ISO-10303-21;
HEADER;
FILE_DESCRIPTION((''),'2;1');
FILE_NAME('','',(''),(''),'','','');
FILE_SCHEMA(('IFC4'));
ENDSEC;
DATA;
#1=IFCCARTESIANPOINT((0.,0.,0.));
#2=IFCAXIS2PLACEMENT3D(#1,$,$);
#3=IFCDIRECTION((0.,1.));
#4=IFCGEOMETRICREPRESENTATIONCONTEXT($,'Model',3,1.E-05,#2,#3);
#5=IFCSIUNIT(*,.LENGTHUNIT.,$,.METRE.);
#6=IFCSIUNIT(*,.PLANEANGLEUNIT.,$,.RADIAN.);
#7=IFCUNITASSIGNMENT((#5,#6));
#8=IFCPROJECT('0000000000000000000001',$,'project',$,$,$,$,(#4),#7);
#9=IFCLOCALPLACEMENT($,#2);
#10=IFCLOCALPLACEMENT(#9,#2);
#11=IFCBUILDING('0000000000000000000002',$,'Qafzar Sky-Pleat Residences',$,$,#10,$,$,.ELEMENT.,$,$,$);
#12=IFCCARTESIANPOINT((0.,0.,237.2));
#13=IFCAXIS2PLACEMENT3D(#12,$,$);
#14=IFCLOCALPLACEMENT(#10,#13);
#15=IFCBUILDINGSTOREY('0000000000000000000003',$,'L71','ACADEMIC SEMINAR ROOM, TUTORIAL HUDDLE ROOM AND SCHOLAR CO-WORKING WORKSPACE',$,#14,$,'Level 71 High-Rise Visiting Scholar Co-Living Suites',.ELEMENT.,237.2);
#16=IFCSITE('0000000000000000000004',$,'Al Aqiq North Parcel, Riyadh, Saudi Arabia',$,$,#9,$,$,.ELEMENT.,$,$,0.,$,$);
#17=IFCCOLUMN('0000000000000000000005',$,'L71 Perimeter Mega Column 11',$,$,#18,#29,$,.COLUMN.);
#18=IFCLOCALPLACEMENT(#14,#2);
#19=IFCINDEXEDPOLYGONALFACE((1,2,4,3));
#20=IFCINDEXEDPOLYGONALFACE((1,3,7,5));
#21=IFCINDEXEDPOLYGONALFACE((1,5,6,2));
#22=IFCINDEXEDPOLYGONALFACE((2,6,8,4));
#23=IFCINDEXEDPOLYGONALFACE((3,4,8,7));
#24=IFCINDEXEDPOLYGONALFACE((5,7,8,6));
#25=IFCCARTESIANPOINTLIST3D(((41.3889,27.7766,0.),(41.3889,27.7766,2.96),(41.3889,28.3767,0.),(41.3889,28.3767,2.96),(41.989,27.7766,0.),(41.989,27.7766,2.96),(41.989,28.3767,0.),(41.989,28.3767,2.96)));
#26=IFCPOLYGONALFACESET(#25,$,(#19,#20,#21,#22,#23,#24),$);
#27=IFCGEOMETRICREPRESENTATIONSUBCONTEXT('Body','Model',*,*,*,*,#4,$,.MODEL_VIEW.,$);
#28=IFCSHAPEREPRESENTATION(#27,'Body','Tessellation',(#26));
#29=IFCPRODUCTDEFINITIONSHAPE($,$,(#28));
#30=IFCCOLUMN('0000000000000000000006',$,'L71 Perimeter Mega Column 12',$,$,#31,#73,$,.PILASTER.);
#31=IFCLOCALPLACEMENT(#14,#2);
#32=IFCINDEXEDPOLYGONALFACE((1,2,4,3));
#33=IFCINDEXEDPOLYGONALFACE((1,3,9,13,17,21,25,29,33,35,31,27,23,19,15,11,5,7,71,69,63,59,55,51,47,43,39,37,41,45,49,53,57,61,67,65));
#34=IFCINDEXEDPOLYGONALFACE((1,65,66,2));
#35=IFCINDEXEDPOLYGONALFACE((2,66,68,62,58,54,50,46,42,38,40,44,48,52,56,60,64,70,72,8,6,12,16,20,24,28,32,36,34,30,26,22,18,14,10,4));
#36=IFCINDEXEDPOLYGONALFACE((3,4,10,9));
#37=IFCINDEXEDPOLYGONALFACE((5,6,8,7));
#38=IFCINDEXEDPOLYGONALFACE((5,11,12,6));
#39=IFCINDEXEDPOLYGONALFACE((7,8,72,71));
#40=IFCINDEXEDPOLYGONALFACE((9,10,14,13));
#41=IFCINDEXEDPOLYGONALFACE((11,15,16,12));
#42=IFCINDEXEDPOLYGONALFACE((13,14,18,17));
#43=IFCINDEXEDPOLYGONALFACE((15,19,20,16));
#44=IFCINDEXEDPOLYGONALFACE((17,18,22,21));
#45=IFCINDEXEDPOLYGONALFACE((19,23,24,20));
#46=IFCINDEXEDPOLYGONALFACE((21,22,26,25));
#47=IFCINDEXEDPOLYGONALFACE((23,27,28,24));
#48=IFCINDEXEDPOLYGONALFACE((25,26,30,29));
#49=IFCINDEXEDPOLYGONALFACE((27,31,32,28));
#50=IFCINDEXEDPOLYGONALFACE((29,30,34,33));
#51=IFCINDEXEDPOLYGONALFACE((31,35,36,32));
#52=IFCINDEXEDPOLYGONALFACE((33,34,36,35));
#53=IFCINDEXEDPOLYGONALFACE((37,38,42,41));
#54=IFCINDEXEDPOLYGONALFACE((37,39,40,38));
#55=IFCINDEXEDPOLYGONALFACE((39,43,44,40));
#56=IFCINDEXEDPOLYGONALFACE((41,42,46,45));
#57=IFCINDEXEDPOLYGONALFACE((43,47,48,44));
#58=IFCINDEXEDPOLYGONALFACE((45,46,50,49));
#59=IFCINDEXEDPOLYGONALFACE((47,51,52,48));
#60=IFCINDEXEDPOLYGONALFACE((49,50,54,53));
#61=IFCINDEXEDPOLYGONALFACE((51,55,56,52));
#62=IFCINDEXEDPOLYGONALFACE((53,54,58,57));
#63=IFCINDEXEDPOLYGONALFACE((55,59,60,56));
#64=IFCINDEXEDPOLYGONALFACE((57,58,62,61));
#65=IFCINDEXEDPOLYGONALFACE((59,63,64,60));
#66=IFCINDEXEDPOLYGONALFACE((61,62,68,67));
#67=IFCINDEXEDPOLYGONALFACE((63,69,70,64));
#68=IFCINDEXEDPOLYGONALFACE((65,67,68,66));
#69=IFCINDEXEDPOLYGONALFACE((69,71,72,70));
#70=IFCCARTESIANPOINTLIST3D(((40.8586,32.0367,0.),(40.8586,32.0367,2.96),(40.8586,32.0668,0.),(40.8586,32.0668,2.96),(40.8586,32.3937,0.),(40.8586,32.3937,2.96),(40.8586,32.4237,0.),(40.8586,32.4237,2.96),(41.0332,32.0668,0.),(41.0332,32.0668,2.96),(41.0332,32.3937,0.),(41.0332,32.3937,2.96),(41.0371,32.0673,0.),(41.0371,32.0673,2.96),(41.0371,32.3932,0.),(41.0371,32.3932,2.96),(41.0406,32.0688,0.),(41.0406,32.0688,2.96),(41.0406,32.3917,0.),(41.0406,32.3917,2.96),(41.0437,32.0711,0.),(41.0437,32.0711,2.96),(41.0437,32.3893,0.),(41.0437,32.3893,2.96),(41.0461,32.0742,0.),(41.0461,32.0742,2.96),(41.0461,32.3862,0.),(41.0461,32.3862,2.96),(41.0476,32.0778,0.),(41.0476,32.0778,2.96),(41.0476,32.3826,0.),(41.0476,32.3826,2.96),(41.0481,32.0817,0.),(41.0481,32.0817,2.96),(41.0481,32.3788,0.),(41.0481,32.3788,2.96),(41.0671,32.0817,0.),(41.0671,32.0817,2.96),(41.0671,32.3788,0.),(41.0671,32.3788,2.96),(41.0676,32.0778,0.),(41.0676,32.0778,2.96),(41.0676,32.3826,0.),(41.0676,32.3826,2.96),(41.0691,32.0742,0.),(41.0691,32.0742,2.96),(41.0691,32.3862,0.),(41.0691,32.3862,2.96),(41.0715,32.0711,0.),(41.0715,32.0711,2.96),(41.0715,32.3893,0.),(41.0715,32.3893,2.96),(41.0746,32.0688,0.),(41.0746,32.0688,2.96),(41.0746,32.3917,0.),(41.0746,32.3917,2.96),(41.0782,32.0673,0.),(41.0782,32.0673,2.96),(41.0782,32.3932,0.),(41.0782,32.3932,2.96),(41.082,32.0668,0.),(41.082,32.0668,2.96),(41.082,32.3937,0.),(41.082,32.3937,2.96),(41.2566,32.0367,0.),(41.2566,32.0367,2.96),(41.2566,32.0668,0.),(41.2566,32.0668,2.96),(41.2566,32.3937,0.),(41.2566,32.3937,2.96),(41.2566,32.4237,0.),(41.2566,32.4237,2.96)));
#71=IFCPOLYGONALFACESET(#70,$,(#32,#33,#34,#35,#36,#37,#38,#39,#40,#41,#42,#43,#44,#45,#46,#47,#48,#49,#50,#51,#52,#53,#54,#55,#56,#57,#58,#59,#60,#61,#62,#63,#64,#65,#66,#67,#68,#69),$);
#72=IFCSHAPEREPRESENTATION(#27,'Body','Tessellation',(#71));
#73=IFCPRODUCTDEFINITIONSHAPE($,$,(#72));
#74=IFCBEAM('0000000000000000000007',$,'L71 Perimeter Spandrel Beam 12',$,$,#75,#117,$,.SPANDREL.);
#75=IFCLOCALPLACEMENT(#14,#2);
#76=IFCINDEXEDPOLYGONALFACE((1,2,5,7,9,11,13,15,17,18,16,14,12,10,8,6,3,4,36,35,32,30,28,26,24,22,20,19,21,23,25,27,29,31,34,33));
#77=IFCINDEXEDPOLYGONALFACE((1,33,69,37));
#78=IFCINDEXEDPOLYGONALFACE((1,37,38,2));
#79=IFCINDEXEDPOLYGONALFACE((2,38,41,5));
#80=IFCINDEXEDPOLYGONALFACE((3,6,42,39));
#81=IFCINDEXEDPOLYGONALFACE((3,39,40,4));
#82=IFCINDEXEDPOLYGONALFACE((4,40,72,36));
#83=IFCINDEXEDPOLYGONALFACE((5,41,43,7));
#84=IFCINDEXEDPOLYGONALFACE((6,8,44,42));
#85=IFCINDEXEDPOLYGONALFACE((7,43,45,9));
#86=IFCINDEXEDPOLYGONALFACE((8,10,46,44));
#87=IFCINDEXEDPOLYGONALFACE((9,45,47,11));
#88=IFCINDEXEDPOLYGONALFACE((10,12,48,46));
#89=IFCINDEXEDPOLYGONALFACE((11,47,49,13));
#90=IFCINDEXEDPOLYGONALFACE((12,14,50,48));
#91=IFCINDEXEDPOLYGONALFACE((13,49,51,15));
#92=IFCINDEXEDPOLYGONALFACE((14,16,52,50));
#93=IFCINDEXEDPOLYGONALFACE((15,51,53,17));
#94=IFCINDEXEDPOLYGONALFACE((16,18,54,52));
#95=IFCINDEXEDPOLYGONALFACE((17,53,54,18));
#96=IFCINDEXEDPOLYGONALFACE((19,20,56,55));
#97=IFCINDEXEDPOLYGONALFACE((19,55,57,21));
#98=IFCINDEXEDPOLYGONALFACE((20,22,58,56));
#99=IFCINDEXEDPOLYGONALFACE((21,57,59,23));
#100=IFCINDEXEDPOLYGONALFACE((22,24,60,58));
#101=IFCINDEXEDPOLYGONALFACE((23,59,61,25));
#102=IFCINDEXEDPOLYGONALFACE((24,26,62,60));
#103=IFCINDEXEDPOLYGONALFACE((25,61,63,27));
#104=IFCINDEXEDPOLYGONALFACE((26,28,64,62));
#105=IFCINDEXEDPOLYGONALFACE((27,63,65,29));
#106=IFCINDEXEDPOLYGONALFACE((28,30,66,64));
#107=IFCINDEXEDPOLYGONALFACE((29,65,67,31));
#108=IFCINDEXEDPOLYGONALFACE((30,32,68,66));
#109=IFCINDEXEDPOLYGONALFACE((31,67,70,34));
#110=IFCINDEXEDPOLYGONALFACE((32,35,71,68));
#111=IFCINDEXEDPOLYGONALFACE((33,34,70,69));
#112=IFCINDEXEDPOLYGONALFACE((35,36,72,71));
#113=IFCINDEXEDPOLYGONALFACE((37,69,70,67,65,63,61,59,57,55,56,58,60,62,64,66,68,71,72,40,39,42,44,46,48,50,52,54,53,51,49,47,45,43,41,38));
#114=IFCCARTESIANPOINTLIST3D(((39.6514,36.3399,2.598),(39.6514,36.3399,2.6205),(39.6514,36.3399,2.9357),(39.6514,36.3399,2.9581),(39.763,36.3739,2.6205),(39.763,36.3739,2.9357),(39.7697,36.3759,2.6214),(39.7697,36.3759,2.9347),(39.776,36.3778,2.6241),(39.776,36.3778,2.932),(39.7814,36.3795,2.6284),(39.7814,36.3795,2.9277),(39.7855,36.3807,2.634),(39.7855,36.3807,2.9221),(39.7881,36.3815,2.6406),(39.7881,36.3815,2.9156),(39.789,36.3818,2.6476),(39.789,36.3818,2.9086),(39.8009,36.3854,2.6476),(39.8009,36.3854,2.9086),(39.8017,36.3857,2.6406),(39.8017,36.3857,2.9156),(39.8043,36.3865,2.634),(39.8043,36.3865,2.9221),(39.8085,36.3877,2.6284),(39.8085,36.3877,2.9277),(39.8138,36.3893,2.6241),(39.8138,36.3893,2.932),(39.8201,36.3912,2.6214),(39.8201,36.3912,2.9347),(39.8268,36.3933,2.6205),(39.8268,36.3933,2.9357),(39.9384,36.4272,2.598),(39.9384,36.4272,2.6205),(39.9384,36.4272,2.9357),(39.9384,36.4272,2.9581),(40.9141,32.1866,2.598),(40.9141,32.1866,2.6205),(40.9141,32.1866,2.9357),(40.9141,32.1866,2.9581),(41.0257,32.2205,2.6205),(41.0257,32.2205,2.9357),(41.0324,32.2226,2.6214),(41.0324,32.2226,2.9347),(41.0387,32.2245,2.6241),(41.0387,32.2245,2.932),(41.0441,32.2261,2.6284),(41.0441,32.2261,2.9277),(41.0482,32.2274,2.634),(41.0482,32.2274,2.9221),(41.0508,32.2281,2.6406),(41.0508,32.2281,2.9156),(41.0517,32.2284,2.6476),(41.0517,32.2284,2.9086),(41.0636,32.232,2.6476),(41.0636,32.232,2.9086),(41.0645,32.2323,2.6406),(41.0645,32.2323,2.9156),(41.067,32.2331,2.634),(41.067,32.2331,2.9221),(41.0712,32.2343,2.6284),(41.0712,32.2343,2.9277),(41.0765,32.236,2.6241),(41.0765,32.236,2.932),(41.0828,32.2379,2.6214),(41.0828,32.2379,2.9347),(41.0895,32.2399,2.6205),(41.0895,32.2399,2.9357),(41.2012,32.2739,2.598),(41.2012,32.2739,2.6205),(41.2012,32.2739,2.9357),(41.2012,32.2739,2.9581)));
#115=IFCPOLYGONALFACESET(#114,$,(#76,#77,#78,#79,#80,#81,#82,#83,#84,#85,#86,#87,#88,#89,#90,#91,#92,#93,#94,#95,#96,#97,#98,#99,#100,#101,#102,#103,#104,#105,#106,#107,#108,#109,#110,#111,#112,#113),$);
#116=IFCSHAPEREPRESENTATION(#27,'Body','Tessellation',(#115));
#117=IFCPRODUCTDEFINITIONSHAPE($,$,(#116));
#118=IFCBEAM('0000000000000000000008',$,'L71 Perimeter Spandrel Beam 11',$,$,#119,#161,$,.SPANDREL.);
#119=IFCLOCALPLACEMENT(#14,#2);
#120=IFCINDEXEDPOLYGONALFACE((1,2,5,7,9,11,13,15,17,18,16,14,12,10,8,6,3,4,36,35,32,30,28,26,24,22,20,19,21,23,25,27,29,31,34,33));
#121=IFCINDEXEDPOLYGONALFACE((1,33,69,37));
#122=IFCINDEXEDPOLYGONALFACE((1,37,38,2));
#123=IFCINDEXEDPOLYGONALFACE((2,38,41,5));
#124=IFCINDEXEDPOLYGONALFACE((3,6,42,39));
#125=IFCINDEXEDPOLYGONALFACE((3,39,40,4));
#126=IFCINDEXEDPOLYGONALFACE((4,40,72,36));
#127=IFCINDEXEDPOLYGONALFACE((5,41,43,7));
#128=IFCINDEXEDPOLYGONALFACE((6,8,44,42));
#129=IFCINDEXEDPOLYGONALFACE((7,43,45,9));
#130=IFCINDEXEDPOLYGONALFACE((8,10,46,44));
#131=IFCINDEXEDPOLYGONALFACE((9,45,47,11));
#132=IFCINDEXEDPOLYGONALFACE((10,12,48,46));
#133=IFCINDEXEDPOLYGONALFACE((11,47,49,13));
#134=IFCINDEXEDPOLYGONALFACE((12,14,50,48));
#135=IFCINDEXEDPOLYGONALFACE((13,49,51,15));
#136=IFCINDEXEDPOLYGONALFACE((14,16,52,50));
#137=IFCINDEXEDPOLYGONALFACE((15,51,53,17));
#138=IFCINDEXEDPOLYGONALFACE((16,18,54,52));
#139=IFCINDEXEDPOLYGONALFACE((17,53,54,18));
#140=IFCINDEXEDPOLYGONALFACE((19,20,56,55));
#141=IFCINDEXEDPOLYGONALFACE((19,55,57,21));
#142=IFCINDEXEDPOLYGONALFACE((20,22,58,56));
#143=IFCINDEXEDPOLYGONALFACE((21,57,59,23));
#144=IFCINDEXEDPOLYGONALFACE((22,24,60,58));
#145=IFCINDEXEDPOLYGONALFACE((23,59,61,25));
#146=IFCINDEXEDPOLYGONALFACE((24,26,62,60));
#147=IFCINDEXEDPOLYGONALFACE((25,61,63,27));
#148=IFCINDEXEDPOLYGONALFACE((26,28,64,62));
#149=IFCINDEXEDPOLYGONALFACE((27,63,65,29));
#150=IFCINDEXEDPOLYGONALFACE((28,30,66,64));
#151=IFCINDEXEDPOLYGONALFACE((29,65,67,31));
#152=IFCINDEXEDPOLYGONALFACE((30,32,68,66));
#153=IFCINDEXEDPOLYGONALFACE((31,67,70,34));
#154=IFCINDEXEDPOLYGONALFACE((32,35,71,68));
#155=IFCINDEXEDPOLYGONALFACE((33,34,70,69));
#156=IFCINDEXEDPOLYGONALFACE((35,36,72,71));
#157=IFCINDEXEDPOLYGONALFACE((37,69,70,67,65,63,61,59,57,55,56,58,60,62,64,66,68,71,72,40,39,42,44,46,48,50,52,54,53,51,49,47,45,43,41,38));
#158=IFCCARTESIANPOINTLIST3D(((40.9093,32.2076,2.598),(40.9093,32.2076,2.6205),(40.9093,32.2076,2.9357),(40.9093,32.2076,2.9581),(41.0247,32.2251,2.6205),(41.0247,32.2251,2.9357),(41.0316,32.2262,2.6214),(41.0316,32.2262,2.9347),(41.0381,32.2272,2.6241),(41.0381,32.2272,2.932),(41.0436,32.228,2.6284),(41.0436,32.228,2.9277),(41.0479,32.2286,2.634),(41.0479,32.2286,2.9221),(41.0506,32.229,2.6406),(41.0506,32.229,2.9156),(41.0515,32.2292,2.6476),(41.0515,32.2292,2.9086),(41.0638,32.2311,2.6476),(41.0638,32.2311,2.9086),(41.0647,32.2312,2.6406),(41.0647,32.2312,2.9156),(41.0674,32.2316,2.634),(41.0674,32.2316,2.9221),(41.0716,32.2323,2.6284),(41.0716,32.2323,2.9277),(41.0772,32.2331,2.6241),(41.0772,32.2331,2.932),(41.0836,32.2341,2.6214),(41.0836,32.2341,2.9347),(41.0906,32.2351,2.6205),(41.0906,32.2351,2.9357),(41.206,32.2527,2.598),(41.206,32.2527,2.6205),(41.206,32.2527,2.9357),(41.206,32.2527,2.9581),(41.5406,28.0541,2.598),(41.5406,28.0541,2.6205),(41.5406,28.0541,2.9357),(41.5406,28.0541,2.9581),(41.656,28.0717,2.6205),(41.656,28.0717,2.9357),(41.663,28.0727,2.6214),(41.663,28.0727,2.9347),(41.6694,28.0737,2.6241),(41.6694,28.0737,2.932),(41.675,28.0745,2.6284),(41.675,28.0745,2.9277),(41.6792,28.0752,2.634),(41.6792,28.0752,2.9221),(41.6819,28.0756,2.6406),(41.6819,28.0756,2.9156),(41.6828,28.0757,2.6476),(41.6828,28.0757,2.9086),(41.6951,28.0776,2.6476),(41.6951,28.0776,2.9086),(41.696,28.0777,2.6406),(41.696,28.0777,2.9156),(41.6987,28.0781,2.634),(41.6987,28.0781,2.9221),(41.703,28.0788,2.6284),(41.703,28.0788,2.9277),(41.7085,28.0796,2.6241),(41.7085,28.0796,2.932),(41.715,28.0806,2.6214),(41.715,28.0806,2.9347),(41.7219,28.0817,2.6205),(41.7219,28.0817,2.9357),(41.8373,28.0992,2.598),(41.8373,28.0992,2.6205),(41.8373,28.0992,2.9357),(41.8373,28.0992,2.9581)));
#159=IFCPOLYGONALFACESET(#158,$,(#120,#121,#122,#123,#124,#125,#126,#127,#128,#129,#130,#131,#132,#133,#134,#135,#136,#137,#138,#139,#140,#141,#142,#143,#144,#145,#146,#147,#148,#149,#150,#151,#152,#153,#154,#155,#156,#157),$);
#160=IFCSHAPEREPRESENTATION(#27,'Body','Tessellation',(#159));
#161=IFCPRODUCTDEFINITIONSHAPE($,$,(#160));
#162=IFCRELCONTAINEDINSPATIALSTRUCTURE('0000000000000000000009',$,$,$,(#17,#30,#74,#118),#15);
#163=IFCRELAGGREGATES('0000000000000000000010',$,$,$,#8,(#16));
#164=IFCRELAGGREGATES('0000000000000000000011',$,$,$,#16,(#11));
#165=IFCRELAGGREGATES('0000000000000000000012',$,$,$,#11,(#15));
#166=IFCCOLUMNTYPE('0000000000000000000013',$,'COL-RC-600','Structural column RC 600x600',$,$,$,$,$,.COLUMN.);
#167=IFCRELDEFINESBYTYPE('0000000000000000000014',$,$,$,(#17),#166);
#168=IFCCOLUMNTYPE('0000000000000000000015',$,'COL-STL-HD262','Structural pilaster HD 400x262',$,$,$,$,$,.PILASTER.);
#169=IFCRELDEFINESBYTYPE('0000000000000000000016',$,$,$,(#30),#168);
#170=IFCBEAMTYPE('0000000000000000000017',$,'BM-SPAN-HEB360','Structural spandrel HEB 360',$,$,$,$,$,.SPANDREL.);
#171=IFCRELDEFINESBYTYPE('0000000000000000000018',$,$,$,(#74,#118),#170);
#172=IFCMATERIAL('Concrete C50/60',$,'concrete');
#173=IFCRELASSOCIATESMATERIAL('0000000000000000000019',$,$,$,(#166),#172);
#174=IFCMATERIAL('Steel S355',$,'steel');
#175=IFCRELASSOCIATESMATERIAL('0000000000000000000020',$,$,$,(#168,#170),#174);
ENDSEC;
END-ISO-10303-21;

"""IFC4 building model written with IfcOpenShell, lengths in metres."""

from ifc_helpers import new_model, si_unit, direction, frame, origin, origin_2d, place, context, subcontext, project, spatial, rectangle, i_section, extrude, source, transform, mapped, material, material_profile, profile_set, type_object, element, save


model = new_model("IFC4")

# Units and contexts
model_context = context("Model", 3, precision=1e-05, world=origin(), true_north=direction((0.0, 1.0)))
body_context = subcontext(model_context, "Body", "Model", "MODEL_VIEW")
ifc_project = project(units=[si_unit("LENGTHUNIT", "METRE"), si_unit("PLANEANGLEUNIT", "RADIAN")], contexts=[model_context])

# Site, building, storey
site_placement = place(None, origin())
site = spatial("IfcSite", under=ifc_project, at=site_placement, Name="Al Aqiq North Parcel, Riyadh, Saudi Arabia", CompositionType="ELEMENT", RefElevation=0.0)
building_placement = place(site_placement, origin())
building = spatial("IfcBuilding", under=site, at=building_placement, Name="Qafzar Sky-Pleat Residences", CompositionType="ELEMENT")
storey_placement = place(building_placement, frame((0.0, 0.0, 237.2)))
storey = spatial("IfcBuildingStorey", under=building, at=storey_placement, Name="L71", Description="ACADEMIC SEMINAR ROOM, TUTORIAL HUDDLE ROOM AND SCHOLAR CO-WORKING WORKSPACE", LongName="Level 71 High-Rise Visiting Scholar Co-Living Suites", CompositionType="ELEMENT", Elevation=237.2)

# Columns
ifc_material_1 = material(Name="Concrete C50/60", Category="concrete")
ifc_material_profile_1 = material_profile(ifc_material_1, rectangle(XDim=0.6001, YDim=0.6001, at=origin_2d()), Name="RC 600x600")
ifc_profile_set_1 = profile_set([ifc_material_profile_1], Name="Concrete C50/60")
column_type_1 = type_object("IfcColumnType", Name="COL-RC-600", Description="Structural column RC 600x600", PredefinedType="COLUMN", material=ifc_profile_set_1)
shared_shape_1 = source(origin(), body_context, "Body", "SweptSolid", [
    extrude(rectangle(XDim=0.6001, YDim=0.6001, at=origin_2d()), origin(), (0.0, 0.0, 1.0), 2.96),
])
column_1_placement = place(storey_placement, frame((41.689, 28.0767, 0.0), z_axis=(0.0, 0.0, 1.0), x_axis=(1.0, 0.0, 0.0)))
element("IfcColumn", 1, at=column_1_placement, inside=storey, type_object=column_type_1, Name="L71 Perimeter Mega Column 11", PredefinedType="COLUMN", context=body_context, shape_type="MappedRepresentation", body=[
    mapped(shared_shape_1, transform((0.0, 0.0, 0.0), x_axis=(1.0, 0.0, 0.0), y_axis=(0.0, 1.0, 0.0), z_axis=(0.0, 0.0, 1.0), scale=1.0)),
])
ifc_material_2 = material(Name="Steel S355", Category="steel")
ifc_material_profile_2 = material_profile(ifc_material_2, i_section(OverallWidth=0.3979, OverallDepth=0.387, WebThickness=0.019, FlangeThickness=0.03, FilletRadius=0.0149, at=origin_2d()), Name="HD 400x262")
ifc_profile_set_2 = profile_set([ifc_material_profile_2], Name="Steel S355")
column_type_2 = type_object("IfcColumnType", Name="COL-STL-HD262", Description="Structural pilaster HD 400x262", PredefinedType="PILASTER", material=ifc_profile_set_2)
shared_shape_2 = source(origin(), body_context, "Body", "SweptSolid", [
    extrude(i_section(OverallWidth=0.3979, OverallDepth=0.387, WebThickness=0.019, FlangeThickness=0.03, FilletRadius=0.0149, at=origin_2d()), origin(), (0.0, 0.0, 1.0), 2.96),
])
column_2_placement = place(storey_placement, frame((41.0576, 32.2302, 0.0), z_axis=(0.0, 0.0, 1.0), x_axis=(1.0, 0.0, 0.0)))
element("IfcColumn", 2, at=column_2_placement, inside=storey, type_object=column_type_2, Name="L71 Perimeter Mega Column 12", PredefinedType="PILASTER", context=body_context, shape_type="MappedRepresentation", body=[
    mapped(shared_shape_2, transform((0.0, 0.0, 0.0), x_axis=(1.0, 0.0, 0.0), y_axis=(0.0, 1.0, 0.0), z_axis=(0.0, 0.0, 1.0), scale=1.0)),
])

# Beams
ifc_material_profile_3 = material_profile(ifc_material_2, i_section(OverallWidth=0.3, OverallDepth=0.3601, WebThickness=0.0125, FlangeThickness=0.0225, FilletRadius=0.0271, at=origin_2d()), Name="HEB 360")
ifc_profile_set_3 = profile_set([ifc_material_profile_3], Name="Steel S355")
beam_type_1 = type_object("IfcBeamType", Name="BM-SPAN-HEB360", Description="Structural spandrel HEB 360", PredefinedType="SPANDREL", material=ifc_profile_set_3)
shared_shape_3 = source(origin(), body_context, "Body", "SweptSolid", [
    extrude(i_section(OverallWidth=0.3, OverallDepth=0.3601, WebThickness=0.0125, FlangeThickness=0.0225, FilletRadius=0.0271, at=origin_2d()), origin(), (0.0, 0.0, 1.0), 4.3411),
])
beam_1_placement = place(storey_placement, frame((41.0576, 32.2302, 2.7781), z_axis=(-0.290875, 0.956761, 0.0), x_axis=(-0.956761, -0.290875, 0.0)))
element("IfcBeam", 3, at=beam_1_placement, inside=storey, type_object=beam_type_1, Name="L71 Perimeter Spandrel Beam 12", PredefinedType="SPANDREL", context=body_context, shape_type="MappedRepresentation", body=[
    mapped(shared_shape_3, transform((0.0, 0.0, 0.0), x_axis=(1.0, 0.0, 0.0), y_axis=(0.0, 1.0, 0.0), z_axis=(0.0, 0.0, 1.0), scale=1.0)),
])
shared_shape_4 = source(origin(), body_context, "Body", "SweptSolid", [
    extrude(i_section(OverallWidth=0.3, OverallDepth=0.3601, WebThickness=0.0125, FlangeThickness=0.0225, FilletRadius=0.0271, at=origin_2d()), origin(), (0.0, 0.0, 1.0), 4.2012),
])
beam_2_placement = place(storey_placement, frame((41.689, 28.0767, 2.7781), z_axis=(-0.150275, 0.988644, 0.0), x_axis=(-0.988644, -0.150275, 0.0)))
element("IfcBeam", 4, at=beam_2_placement, inside=storey, type_object=beam_type_1, Name="L71 Perimeter Spandrel Beam 11", PredefinedType="SPANDREL", context=body_context, shape_type="MappedRepresentation", body=[
    mapped(shared_shape_4, transform((0.0, 0.0, 0.0), x_axis=(1.0, 0.0, 0.0), y_axis=(0.0, 1.0, 0.0), z_axis=(0.0, 0.0, 1.0), scale=1.0)),
])

save(model, "model.ifc")
